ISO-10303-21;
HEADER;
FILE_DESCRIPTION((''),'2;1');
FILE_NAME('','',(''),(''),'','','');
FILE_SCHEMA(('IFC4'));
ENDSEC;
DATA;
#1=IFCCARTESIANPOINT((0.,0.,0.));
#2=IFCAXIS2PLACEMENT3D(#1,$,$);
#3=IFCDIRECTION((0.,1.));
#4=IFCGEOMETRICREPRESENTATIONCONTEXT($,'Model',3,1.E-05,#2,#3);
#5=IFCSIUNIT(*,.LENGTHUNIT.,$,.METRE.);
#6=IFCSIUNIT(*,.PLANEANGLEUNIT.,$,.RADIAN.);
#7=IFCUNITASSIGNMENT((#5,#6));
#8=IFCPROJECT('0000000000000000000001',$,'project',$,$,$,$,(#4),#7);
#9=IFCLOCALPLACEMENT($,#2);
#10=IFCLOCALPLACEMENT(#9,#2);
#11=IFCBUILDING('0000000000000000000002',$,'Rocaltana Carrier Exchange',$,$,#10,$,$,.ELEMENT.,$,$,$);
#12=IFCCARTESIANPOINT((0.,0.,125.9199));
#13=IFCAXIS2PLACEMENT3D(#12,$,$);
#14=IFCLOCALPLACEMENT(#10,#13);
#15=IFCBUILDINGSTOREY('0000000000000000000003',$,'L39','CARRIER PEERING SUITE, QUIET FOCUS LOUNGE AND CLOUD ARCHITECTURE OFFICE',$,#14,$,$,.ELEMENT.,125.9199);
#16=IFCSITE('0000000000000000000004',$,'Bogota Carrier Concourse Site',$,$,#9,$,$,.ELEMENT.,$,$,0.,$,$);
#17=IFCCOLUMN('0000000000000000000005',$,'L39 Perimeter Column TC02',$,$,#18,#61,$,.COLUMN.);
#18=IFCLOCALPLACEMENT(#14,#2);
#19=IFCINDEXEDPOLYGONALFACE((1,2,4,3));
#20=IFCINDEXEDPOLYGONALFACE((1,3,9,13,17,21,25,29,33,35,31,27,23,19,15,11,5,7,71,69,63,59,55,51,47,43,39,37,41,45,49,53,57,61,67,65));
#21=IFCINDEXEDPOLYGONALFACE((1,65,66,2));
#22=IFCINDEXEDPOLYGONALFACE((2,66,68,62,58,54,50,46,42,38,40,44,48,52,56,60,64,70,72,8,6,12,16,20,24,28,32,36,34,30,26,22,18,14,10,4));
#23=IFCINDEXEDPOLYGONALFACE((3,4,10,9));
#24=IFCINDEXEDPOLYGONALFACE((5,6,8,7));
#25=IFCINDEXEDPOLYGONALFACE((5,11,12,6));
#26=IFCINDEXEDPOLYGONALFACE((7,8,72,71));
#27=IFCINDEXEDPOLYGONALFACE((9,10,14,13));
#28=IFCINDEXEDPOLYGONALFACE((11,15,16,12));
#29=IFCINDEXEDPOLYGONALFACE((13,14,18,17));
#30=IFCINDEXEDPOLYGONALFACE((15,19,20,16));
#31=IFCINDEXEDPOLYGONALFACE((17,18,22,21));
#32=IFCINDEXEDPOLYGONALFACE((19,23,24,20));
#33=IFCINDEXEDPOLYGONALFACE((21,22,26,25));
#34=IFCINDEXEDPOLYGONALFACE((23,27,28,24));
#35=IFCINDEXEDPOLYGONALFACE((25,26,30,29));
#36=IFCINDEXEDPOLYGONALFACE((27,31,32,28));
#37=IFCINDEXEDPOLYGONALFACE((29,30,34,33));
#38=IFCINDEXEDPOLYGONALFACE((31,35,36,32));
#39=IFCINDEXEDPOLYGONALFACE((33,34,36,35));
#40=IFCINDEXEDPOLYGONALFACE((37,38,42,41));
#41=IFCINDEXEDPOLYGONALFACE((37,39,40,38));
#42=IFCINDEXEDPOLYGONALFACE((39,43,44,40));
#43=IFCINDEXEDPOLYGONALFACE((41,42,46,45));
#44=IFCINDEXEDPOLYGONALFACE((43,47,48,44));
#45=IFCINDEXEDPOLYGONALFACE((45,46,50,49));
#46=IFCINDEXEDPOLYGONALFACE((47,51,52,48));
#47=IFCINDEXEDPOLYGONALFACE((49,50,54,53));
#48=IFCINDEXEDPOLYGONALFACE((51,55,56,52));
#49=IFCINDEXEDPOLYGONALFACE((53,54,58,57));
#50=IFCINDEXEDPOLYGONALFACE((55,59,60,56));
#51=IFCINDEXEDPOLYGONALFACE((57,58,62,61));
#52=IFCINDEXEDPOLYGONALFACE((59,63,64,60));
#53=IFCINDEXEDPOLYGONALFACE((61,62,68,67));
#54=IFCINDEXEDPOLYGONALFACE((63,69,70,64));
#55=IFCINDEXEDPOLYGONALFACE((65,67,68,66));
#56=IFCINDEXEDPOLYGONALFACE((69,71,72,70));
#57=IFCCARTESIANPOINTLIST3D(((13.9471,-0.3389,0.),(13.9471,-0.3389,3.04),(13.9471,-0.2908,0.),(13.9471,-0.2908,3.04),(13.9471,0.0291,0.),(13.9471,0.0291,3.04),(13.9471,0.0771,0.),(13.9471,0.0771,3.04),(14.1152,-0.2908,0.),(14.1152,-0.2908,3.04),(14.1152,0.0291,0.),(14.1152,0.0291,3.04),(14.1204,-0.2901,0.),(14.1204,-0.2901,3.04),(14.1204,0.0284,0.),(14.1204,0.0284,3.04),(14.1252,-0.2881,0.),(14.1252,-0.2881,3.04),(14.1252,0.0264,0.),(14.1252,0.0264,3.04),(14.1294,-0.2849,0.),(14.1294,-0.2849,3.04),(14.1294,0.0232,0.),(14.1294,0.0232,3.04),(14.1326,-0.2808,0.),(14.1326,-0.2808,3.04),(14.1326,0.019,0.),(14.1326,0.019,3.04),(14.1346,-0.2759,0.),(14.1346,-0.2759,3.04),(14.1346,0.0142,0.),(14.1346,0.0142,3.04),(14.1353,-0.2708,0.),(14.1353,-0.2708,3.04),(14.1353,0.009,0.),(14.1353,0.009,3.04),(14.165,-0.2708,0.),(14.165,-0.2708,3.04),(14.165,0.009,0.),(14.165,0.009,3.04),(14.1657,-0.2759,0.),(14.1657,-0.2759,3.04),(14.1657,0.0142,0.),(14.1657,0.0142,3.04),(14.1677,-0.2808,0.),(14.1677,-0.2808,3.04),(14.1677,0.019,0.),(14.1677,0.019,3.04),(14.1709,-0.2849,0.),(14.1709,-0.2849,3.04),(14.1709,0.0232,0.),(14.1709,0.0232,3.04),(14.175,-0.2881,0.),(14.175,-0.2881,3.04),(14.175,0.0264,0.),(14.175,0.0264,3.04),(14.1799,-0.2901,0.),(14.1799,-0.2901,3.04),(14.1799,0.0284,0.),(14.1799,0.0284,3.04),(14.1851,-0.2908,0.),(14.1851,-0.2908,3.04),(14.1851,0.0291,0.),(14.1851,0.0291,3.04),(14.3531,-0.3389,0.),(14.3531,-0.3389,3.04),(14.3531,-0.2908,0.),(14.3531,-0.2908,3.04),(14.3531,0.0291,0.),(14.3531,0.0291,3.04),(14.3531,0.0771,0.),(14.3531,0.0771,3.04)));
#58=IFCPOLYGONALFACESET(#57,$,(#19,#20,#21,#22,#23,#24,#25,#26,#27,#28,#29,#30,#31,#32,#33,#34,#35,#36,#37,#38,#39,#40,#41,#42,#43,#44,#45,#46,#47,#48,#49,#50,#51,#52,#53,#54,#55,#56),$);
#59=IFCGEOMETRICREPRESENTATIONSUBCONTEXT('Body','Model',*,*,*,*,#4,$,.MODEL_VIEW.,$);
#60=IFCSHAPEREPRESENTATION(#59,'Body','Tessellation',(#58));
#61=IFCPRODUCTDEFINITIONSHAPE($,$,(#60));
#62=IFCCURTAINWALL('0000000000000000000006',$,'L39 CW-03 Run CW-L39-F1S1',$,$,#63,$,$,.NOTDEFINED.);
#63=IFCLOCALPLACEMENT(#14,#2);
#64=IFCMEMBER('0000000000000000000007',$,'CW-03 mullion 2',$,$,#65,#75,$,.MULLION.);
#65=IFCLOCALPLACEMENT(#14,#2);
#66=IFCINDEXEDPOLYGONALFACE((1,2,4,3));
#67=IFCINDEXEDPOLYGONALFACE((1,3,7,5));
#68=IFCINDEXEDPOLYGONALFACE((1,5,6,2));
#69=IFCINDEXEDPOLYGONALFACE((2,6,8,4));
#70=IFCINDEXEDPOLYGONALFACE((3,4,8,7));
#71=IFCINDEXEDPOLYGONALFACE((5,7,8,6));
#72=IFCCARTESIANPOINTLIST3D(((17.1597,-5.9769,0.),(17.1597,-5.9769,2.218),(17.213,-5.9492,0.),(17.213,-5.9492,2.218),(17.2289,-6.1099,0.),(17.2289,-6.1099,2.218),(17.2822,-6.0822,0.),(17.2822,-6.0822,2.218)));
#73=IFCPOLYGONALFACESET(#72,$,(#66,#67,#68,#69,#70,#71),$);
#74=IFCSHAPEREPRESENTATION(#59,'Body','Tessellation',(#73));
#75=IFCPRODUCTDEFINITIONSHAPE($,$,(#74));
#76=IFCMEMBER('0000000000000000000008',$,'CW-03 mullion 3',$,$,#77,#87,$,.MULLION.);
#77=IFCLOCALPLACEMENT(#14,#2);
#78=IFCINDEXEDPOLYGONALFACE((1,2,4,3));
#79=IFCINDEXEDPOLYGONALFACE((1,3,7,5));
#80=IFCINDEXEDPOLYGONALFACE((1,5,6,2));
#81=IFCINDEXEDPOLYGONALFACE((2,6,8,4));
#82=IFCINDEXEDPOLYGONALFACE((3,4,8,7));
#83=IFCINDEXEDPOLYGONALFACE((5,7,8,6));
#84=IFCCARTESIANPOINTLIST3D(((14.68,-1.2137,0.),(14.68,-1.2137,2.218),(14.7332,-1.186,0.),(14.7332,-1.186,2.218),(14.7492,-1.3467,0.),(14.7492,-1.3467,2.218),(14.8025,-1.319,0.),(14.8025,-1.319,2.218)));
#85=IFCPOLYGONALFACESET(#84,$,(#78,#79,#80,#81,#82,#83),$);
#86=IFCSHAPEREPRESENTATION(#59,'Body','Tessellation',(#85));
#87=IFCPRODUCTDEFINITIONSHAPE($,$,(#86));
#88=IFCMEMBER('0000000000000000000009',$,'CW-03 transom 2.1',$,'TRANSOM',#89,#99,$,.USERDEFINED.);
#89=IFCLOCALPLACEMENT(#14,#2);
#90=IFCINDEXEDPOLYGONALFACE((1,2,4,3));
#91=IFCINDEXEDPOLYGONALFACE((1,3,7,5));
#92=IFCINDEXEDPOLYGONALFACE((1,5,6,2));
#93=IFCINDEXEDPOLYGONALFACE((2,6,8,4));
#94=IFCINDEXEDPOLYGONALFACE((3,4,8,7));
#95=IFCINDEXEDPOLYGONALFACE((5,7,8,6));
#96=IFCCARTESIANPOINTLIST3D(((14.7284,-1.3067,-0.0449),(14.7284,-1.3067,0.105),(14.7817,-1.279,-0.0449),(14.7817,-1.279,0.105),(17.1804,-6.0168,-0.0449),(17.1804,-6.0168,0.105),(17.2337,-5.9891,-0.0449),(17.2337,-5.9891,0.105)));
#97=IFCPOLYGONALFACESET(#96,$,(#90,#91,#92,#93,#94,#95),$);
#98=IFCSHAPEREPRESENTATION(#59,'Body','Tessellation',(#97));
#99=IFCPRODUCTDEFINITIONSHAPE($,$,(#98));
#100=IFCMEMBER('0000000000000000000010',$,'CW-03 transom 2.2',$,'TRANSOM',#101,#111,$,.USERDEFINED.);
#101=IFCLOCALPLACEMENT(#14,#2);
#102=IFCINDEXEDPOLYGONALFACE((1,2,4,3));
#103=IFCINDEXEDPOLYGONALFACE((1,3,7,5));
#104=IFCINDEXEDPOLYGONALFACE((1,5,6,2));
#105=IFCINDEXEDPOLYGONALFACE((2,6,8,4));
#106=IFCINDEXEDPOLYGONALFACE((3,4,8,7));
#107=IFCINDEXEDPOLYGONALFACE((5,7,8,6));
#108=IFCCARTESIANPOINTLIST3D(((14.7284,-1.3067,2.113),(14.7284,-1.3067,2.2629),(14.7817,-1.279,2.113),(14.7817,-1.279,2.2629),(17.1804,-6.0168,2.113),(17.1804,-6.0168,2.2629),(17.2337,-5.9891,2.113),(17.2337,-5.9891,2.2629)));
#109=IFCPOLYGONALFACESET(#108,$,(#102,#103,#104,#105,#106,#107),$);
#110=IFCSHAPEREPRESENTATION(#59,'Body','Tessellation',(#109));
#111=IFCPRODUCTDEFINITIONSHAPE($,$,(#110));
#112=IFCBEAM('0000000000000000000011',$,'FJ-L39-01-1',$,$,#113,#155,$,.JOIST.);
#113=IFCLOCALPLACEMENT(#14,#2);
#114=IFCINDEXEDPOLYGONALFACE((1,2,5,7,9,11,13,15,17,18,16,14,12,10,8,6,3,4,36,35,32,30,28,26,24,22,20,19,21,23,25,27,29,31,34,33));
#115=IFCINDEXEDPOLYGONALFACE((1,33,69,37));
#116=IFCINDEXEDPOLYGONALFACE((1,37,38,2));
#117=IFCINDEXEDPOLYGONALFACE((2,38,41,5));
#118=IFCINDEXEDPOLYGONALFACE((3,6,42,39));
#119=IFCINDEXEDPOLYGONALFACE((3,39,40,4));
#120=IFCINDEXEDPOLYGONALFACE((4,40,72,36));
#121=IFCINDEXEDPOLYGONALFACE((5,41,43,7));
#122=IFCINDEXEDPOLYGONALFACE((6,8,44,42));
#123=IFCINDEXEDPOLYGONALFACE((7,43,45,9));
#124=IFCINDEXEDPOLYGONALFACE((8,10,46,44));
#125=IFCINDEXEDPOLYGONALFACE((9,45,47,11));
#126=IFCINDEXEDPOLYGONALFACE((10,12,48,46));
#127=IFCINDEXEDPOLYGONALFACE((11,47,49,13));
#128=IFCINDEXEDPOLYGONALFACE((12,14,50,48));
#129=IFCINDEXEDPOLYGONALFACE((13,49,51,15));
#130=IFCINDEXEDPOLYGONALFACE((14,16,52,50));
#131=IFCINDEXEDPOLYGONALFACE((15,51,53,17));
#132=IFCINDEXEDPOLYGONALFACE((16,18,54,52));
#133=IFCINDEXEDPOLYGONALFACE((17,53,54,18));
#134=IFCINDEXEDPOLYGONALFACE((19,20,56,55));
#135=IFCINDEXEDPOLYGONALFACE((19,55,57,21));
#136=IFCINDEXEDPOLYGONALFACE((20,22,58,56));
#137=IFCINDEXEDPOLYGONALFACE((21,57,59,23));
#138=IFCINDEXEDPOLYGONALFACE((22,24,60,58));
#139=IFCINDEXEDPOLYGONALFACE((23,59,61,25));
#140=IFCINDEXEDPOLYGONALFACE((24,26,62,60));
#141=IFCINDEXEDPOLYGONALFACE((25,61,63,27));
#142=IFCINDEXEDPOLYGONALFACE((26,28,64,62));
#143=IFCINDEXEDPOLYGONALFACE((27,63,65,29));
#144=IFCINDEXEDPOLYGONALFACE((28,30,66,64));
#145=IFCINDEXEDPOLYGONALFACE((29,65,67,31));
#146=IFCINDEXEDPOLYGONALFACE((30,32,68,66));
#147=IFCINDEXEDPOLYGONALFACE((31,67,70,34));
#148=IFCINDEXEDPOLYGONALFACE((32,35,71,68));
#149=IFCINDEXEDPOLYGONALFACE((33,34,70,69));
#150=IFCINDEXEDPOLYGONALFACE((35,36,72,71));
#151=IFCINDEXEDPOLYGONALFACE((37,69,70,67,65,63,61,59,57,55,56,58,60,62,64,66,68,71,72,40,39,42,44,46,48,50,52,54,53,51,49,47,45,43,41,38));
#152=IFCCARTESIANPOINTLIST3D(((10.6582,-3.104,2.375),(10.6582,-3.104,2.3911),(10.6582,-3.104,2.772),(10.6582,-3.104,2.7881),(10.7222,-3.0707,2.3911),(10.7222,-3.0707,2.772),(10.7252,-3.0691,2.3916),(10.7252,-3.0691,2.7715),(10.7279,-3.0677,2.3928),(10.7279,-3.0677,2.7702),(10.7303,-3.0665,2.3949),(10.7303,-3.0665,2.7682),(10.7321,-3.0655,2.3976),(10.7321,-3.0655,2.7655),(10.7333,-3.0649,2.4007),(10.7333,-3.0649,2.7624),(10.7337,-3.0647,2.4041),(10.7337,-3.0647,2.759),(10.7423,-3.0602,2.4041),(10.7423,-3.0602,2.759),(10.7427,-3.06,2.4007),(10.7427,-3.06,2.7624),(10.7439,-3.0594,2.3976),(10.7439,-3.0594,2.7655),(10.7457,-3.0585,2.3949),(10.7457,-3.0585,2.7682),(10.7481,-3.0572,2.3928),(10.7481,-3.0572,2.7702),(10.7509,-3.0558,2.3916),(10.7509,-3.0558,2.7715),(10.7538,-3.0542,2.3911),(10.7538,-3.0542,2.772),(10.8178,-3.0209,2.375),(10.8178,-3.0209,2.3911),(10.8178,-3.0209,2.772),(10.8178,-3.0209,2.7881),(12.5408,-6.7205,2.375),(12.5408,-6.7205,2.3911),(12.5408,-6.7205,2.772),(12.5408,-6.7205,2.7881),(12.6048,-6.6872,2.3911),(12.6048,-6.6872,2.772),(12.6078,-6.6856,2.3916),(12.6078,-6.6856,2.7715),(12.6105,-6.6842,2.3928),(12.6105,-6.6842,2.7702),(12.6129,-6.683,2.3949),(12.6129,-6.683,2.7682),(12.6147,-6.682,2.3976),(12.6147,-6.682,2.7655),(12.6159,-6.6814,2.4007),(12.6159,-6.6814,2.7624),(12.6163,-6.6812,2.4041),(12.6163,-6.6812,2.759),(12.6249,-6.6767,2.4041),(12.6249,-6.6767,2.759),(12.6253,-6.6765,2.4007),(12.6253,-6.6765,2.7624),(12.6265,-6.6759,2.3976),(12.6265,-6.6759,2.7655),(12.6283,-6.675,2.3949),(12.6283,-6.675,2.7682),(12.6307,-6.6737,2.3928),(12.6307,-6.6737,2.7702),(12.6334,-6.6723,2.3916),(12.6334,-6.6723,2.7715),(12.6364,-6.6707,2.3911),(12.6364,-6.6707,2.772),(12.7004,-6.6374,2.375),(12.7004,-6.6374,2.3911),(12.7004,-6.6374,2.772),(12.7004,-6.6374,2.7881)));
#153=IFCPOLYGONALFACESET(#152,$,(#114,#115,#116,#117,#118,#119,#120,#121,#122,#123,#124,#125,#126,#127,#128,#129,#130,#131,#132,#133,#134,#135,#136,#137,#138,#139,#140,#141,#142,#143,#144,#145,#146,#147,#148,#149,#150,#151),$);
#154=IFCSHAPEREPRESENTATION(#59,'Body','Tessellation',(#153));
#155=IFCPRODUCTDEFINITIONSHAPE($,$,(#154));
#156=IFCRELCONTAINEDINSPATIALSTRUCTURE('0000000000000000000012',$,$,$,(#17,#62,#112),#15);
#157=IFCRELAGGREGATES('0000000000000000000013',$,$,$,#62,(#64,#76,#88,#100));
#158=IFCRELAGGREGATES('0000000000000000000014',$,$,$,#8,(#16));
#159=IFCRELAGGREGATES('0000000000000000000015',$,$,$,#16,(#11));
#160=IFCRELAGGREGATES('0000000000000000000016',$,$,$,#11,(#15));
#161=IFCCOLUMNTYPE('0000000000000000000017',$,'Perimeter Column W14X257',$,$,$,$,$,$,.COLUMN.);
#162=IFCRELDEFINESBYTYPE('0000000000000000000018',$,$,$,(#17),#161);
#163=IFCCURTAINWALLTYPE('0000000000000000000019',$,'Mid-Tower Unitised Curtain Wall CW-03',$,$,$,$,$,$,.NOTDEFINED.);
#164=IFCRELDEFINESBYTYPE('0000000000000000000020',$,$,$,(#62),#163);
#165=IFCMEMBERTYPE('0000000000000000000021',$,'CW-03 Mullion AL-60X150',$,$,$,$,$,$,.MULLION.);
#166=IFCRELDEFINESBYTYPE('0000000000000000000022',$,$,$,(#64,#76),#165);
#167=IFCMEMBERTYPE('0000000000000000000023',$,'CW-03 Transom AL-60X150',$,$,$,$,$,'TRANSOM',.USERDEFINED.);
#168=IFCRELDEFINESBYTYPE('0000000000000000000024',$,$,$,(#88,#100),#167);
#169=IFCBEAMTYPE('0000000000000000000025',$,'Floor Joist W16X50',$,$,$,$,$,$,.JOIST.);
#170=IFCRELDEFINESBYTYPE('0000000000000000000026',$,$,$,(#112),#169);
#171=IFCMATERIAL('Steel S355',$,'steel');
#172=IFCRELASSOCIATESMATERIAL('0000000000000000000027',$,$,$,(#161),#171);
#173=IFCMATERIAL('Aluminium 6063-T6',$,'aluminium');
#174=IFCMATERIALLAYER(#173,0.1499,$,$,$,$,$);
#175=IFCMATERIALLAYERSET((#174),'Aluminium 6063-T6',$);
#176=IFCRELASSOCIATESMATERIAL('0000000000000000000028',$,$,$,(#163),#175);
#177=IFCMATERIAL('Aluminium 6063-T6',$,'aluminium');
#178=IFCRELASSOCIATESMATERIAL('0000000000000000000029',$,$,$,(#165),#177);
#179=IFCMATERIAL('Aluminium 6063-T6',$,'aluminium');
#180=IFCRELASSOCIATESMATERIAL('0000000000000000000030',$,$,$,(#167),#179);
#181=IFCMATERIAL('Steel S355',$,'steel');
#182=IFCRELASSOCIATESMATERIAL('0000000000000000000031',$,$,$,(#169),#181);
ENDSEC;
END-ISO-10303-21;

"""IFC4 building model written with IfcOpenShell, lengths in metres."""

from ifc_helpers import new_model, si_unit, direction, frame, origin, origin_2d, place, context, subcontext, project, spatial, rectangle, i_section, extrude, material, layer, layer_set, material_profile, profile_set, type_object, element, aggregate, save


model = new_model("IFC4")

# Units and contexts
model_context = context("Model", 3, precision=1e-05, world=origin(), true_north=direction((0.0, 1.0)))
body_context = subcontext(model_context, "Body", "Model", "MODEL_VIEW")
ifc_project = project(units=[si_unit("LENGTHUNIT", "METRE"), si_unit("PLANEANGLEUNIT", "RADIAN")], contexts=[model_context])

# Site, building, storey
site_placement = place(None, origin())
site = spatial("IfcSite", under=ifc_project, at=site_placement, Name="Bogota Carrier Concourse Site", CompositionType="ELEMENT", RefElevation=0.0)
building_placement = place(site_placement, origin())
building = spatial("IfcBuilding", under=site, at=building_placement, Name="Rocaltana Carrier Exchange", CompositionType="ELEMENT")
storey_placement = place(building_placement, frame((0.0, 0.0, 125.9199)))
storey = spatial("IfcBuildingStorey", under=building, at=storey_placement, Name="L39", Description="CARRIER PEERING SUITE, QUIET FOCUS LOUNGE AND CLOUD ARCHITECTURE OFFICE", CompositionType="ELEMENT", Elevation=125.9199)

# Column
ifc_material_1 = material(Name="Steel S355", Category="steel")
ifc_material_profile_1 = material_profile(ifc_material_1, i_section(OverallWidth=0.406, OverallDepth=0.416, WebThickness=0.0298, FlangeThickness=0.0481, FilletRadius=0.02, at=origin_2d()), Name="W14X257")
ifc_profile_set_1 = profile_set([ifc_material_profile_1], Name="Steel S355")
column_type = type_object("IfcColumnType", Name="Perimeter Column W14X257", PredefinedType="COLUMN", material=ifc_profile_set_1)
column_placement = place(storey_placement, frame((14.1501, -0.1309, 0.0), z_axis=(0.0, 0.0, 1.0), x_axis=(1.0, 0.0, 0.0)))
element("IfcColumn", 1, at=column_placement, inside=storey, type_object=column_type, Name="L39 Perimeter Column TC02", PredefinedType="COLUMN", context=body_context, shape_type="SweptSolid", body=[
    extrude(i_section(OverallWidth=0.406, OverallDepth=0.416, WebThickness=0.0298, FlangeThickness=0.0481, FilletRadius=0.02, at=origin_2d()), origin(), (0.0, 0.0, 1.0), 3.04),
])

# Curtain wall, members
ifc_material_2 = material(Name="Aluminium 6063-T6", Category="aluminium")
ifc_layer_1 = layer(ifc_material_2, 0.1499)
ifc_layer_set_1 = layer_set([ifc_layer_1], Name="Aluminium 6063-T6")
curtain_wall_type = type_object("IfcCurtainWallType", Name="Mid-Tower Unitised Curtain Wall CW-03", PredefinedType="NOTDEFINED", material=ifc_layer_set_1)
curtain_wall_placement = place(storey_placement, origin())
curtain_wall = element("IfcCurtainWall", 2, at=curtain_wall_placement, inside=storey, type_object=curtain_wall_type, Name="L39 CW-03 Run CW-L39-F1S1", PredefinedType="NOTDEFINED")
ifc_material_3 = material(Name="Aluminium 6063-T6", Category="aluminium")
ifc_material_profile_2 = material_profile(ifc_material_3, rectangle(XDim=0.0601, YDim=0.1499, at=origin_2d()), Name="AL-60X150")
ifc_profile_set_2 = profile_set([ifc_material_profile_2], Name="Aluminium 6063-T6")
member_type_1 = type_object("IfcMemberType", Name="CW-03 Mullion AL-60X150", PredefinedType="MULLION", material=ifc_profile_set_2)
member_1_placement = place(storey_placement, frame((17.2209, -6.0295, 0.0), z_axis=(0.0, 0.0, 1.0), x_axis=(-0.88701, -0.46175, 0.0)))
member_1 = element("IfcMember", 3, at=member_1_placement, type_object=member_type_1, Name="CW-03 mullion 2", PredefinedType="MULLION", context=body_context, shape_type="SweptSolid", body=[
    extrude(rectangle(XDim=0.0601, YDim=0.1499, at=origin_2d()), origin(), (0.0, 0.0, 1.0), 2.218),
])
member_2_placement = place(storey_placement, frame((14.7412, -1.2664, 0.0), z_axis=(0.0, 0.0, 1.0), x_axis=(-0.88701, -0.46175, 0.0)))
member_2 = element("IfcMember", 4, at=member_2_placement, type_object=member_type_1, Name="CW-03 mullion 3", PredefinedType="MULLION", context=body_context, shape_type="SweptSolid", body=[
    extrude(rectangle(XDim=0.0601, YDim=0.1499, at=origin_2d()), origin(), (0.0, 0.0, 1.0), 2.218),
])
ifc_material_4 = material(Name="Aluminium 6063-T6", Category="aluminium")
ifc_material_profile_3 = material_profile(ifc_material_4, rectangle(XDim=0.0601, YDim=0.1499, at=origin_2d()), Name="AL-60X150")
ifc_profile_set_3 = profile_set([ifc_material_profile_3], Name="Aluminium 6063-T6")
member_type_2 = type_object("IfcMemberType", Name="CW-03 Transom AL-60X150", ElementType="TRANSOM", PredefinedType="USERDEFINED", material=ifc_profile_set_3)
member_3_placement = place(storey_placement, frame((17.207, -6.0029, 0.03), z_axis=(-0.461757, 0.887007, 0.0), x_axis=(-0.887007, -0.461757, 0.0)))
member_3 = element("IfcMember", 5, at=member_3_placement, type_object=member_type_2, Name="CW-03 transom 2.1", ObjectType="TRANSOM", PredefinedType="USERDEFINED", context=body_context, shape_type="SweptSolid", body=[
    extrude(rectangle(XDim=0.0601, YDim=0.1499, at=origin_2d()), origin(), (0.0, 0.0, 1.0), 5.3101),
])
member_4_placement = place(storey_placement, frame((17.207, -6.0029, 2.188), z_axis=(-0.461757, 0.887007, 0.0), x_axis=(-0.887007, -0.461757, 0.0)))
member_4 = element("IfcMember", 6, at=member_4_placement, type_object=member_type_2, Name="CW-03 transom 2.2", ObjectType="TRANSOM", PredefinedType="USERDEFINED", context=body_context, shape_type="SweptSolid", body=[
    extrude(rectangle(XDim=0.0601, YDim=0.1499, at=origin_2d()), origin(), (0.0, 0.0, 1.0), 5.3101),
])

# Beam
ifc_material_5 = material(Name="Steel S355", Category="steel")
ifc_material_profile_4 = material_profile(ifc_material_5, i_section(OverallWidth=0.1799, OverallDepth=0.4131, WebThickness=0.0098, FlangeThickness=0.0161, FilletRadius=0.0129, at=origin_2d()), Name="W16X50")
ifc_profile_set_4 = profile_set([ifc_material_profile_4], Name="Steel S355")
beam_type = type_object("IfcBeamType", Name="Floor Joist W16X50", PredefinedType="JOIST", material=ifc_profile_set_4)
beam_1_placement = place(storey_placement, frame((12.6206, -6.679, 2.5815), z_axis=(-0.461741, 0.887015, 0.0), x_axis=(-0.887015, -0.461741, 0.0)))
element("IfcBeam", 7, at=beam_1_placement, inside=storey, type_object=beam_type, Name="FJ-L39-01-1", PredefinedType="JOIST", context=body_context, shape_type="SweptSolid", body=[
    extrude(i_section(OverallWidth=0.1799, OverallDepth=0.4131, WebThickness=0.0098, FlangeThickness=0.0161, FilletRadius=0.0129, at=origin_2d()), origin(), (0.0, 0.0, 1.0), 4.0771),
])

aggregate(curtain_wall, [member_1, member_2, member_3, member_4])

save(model, "model.ifc")
